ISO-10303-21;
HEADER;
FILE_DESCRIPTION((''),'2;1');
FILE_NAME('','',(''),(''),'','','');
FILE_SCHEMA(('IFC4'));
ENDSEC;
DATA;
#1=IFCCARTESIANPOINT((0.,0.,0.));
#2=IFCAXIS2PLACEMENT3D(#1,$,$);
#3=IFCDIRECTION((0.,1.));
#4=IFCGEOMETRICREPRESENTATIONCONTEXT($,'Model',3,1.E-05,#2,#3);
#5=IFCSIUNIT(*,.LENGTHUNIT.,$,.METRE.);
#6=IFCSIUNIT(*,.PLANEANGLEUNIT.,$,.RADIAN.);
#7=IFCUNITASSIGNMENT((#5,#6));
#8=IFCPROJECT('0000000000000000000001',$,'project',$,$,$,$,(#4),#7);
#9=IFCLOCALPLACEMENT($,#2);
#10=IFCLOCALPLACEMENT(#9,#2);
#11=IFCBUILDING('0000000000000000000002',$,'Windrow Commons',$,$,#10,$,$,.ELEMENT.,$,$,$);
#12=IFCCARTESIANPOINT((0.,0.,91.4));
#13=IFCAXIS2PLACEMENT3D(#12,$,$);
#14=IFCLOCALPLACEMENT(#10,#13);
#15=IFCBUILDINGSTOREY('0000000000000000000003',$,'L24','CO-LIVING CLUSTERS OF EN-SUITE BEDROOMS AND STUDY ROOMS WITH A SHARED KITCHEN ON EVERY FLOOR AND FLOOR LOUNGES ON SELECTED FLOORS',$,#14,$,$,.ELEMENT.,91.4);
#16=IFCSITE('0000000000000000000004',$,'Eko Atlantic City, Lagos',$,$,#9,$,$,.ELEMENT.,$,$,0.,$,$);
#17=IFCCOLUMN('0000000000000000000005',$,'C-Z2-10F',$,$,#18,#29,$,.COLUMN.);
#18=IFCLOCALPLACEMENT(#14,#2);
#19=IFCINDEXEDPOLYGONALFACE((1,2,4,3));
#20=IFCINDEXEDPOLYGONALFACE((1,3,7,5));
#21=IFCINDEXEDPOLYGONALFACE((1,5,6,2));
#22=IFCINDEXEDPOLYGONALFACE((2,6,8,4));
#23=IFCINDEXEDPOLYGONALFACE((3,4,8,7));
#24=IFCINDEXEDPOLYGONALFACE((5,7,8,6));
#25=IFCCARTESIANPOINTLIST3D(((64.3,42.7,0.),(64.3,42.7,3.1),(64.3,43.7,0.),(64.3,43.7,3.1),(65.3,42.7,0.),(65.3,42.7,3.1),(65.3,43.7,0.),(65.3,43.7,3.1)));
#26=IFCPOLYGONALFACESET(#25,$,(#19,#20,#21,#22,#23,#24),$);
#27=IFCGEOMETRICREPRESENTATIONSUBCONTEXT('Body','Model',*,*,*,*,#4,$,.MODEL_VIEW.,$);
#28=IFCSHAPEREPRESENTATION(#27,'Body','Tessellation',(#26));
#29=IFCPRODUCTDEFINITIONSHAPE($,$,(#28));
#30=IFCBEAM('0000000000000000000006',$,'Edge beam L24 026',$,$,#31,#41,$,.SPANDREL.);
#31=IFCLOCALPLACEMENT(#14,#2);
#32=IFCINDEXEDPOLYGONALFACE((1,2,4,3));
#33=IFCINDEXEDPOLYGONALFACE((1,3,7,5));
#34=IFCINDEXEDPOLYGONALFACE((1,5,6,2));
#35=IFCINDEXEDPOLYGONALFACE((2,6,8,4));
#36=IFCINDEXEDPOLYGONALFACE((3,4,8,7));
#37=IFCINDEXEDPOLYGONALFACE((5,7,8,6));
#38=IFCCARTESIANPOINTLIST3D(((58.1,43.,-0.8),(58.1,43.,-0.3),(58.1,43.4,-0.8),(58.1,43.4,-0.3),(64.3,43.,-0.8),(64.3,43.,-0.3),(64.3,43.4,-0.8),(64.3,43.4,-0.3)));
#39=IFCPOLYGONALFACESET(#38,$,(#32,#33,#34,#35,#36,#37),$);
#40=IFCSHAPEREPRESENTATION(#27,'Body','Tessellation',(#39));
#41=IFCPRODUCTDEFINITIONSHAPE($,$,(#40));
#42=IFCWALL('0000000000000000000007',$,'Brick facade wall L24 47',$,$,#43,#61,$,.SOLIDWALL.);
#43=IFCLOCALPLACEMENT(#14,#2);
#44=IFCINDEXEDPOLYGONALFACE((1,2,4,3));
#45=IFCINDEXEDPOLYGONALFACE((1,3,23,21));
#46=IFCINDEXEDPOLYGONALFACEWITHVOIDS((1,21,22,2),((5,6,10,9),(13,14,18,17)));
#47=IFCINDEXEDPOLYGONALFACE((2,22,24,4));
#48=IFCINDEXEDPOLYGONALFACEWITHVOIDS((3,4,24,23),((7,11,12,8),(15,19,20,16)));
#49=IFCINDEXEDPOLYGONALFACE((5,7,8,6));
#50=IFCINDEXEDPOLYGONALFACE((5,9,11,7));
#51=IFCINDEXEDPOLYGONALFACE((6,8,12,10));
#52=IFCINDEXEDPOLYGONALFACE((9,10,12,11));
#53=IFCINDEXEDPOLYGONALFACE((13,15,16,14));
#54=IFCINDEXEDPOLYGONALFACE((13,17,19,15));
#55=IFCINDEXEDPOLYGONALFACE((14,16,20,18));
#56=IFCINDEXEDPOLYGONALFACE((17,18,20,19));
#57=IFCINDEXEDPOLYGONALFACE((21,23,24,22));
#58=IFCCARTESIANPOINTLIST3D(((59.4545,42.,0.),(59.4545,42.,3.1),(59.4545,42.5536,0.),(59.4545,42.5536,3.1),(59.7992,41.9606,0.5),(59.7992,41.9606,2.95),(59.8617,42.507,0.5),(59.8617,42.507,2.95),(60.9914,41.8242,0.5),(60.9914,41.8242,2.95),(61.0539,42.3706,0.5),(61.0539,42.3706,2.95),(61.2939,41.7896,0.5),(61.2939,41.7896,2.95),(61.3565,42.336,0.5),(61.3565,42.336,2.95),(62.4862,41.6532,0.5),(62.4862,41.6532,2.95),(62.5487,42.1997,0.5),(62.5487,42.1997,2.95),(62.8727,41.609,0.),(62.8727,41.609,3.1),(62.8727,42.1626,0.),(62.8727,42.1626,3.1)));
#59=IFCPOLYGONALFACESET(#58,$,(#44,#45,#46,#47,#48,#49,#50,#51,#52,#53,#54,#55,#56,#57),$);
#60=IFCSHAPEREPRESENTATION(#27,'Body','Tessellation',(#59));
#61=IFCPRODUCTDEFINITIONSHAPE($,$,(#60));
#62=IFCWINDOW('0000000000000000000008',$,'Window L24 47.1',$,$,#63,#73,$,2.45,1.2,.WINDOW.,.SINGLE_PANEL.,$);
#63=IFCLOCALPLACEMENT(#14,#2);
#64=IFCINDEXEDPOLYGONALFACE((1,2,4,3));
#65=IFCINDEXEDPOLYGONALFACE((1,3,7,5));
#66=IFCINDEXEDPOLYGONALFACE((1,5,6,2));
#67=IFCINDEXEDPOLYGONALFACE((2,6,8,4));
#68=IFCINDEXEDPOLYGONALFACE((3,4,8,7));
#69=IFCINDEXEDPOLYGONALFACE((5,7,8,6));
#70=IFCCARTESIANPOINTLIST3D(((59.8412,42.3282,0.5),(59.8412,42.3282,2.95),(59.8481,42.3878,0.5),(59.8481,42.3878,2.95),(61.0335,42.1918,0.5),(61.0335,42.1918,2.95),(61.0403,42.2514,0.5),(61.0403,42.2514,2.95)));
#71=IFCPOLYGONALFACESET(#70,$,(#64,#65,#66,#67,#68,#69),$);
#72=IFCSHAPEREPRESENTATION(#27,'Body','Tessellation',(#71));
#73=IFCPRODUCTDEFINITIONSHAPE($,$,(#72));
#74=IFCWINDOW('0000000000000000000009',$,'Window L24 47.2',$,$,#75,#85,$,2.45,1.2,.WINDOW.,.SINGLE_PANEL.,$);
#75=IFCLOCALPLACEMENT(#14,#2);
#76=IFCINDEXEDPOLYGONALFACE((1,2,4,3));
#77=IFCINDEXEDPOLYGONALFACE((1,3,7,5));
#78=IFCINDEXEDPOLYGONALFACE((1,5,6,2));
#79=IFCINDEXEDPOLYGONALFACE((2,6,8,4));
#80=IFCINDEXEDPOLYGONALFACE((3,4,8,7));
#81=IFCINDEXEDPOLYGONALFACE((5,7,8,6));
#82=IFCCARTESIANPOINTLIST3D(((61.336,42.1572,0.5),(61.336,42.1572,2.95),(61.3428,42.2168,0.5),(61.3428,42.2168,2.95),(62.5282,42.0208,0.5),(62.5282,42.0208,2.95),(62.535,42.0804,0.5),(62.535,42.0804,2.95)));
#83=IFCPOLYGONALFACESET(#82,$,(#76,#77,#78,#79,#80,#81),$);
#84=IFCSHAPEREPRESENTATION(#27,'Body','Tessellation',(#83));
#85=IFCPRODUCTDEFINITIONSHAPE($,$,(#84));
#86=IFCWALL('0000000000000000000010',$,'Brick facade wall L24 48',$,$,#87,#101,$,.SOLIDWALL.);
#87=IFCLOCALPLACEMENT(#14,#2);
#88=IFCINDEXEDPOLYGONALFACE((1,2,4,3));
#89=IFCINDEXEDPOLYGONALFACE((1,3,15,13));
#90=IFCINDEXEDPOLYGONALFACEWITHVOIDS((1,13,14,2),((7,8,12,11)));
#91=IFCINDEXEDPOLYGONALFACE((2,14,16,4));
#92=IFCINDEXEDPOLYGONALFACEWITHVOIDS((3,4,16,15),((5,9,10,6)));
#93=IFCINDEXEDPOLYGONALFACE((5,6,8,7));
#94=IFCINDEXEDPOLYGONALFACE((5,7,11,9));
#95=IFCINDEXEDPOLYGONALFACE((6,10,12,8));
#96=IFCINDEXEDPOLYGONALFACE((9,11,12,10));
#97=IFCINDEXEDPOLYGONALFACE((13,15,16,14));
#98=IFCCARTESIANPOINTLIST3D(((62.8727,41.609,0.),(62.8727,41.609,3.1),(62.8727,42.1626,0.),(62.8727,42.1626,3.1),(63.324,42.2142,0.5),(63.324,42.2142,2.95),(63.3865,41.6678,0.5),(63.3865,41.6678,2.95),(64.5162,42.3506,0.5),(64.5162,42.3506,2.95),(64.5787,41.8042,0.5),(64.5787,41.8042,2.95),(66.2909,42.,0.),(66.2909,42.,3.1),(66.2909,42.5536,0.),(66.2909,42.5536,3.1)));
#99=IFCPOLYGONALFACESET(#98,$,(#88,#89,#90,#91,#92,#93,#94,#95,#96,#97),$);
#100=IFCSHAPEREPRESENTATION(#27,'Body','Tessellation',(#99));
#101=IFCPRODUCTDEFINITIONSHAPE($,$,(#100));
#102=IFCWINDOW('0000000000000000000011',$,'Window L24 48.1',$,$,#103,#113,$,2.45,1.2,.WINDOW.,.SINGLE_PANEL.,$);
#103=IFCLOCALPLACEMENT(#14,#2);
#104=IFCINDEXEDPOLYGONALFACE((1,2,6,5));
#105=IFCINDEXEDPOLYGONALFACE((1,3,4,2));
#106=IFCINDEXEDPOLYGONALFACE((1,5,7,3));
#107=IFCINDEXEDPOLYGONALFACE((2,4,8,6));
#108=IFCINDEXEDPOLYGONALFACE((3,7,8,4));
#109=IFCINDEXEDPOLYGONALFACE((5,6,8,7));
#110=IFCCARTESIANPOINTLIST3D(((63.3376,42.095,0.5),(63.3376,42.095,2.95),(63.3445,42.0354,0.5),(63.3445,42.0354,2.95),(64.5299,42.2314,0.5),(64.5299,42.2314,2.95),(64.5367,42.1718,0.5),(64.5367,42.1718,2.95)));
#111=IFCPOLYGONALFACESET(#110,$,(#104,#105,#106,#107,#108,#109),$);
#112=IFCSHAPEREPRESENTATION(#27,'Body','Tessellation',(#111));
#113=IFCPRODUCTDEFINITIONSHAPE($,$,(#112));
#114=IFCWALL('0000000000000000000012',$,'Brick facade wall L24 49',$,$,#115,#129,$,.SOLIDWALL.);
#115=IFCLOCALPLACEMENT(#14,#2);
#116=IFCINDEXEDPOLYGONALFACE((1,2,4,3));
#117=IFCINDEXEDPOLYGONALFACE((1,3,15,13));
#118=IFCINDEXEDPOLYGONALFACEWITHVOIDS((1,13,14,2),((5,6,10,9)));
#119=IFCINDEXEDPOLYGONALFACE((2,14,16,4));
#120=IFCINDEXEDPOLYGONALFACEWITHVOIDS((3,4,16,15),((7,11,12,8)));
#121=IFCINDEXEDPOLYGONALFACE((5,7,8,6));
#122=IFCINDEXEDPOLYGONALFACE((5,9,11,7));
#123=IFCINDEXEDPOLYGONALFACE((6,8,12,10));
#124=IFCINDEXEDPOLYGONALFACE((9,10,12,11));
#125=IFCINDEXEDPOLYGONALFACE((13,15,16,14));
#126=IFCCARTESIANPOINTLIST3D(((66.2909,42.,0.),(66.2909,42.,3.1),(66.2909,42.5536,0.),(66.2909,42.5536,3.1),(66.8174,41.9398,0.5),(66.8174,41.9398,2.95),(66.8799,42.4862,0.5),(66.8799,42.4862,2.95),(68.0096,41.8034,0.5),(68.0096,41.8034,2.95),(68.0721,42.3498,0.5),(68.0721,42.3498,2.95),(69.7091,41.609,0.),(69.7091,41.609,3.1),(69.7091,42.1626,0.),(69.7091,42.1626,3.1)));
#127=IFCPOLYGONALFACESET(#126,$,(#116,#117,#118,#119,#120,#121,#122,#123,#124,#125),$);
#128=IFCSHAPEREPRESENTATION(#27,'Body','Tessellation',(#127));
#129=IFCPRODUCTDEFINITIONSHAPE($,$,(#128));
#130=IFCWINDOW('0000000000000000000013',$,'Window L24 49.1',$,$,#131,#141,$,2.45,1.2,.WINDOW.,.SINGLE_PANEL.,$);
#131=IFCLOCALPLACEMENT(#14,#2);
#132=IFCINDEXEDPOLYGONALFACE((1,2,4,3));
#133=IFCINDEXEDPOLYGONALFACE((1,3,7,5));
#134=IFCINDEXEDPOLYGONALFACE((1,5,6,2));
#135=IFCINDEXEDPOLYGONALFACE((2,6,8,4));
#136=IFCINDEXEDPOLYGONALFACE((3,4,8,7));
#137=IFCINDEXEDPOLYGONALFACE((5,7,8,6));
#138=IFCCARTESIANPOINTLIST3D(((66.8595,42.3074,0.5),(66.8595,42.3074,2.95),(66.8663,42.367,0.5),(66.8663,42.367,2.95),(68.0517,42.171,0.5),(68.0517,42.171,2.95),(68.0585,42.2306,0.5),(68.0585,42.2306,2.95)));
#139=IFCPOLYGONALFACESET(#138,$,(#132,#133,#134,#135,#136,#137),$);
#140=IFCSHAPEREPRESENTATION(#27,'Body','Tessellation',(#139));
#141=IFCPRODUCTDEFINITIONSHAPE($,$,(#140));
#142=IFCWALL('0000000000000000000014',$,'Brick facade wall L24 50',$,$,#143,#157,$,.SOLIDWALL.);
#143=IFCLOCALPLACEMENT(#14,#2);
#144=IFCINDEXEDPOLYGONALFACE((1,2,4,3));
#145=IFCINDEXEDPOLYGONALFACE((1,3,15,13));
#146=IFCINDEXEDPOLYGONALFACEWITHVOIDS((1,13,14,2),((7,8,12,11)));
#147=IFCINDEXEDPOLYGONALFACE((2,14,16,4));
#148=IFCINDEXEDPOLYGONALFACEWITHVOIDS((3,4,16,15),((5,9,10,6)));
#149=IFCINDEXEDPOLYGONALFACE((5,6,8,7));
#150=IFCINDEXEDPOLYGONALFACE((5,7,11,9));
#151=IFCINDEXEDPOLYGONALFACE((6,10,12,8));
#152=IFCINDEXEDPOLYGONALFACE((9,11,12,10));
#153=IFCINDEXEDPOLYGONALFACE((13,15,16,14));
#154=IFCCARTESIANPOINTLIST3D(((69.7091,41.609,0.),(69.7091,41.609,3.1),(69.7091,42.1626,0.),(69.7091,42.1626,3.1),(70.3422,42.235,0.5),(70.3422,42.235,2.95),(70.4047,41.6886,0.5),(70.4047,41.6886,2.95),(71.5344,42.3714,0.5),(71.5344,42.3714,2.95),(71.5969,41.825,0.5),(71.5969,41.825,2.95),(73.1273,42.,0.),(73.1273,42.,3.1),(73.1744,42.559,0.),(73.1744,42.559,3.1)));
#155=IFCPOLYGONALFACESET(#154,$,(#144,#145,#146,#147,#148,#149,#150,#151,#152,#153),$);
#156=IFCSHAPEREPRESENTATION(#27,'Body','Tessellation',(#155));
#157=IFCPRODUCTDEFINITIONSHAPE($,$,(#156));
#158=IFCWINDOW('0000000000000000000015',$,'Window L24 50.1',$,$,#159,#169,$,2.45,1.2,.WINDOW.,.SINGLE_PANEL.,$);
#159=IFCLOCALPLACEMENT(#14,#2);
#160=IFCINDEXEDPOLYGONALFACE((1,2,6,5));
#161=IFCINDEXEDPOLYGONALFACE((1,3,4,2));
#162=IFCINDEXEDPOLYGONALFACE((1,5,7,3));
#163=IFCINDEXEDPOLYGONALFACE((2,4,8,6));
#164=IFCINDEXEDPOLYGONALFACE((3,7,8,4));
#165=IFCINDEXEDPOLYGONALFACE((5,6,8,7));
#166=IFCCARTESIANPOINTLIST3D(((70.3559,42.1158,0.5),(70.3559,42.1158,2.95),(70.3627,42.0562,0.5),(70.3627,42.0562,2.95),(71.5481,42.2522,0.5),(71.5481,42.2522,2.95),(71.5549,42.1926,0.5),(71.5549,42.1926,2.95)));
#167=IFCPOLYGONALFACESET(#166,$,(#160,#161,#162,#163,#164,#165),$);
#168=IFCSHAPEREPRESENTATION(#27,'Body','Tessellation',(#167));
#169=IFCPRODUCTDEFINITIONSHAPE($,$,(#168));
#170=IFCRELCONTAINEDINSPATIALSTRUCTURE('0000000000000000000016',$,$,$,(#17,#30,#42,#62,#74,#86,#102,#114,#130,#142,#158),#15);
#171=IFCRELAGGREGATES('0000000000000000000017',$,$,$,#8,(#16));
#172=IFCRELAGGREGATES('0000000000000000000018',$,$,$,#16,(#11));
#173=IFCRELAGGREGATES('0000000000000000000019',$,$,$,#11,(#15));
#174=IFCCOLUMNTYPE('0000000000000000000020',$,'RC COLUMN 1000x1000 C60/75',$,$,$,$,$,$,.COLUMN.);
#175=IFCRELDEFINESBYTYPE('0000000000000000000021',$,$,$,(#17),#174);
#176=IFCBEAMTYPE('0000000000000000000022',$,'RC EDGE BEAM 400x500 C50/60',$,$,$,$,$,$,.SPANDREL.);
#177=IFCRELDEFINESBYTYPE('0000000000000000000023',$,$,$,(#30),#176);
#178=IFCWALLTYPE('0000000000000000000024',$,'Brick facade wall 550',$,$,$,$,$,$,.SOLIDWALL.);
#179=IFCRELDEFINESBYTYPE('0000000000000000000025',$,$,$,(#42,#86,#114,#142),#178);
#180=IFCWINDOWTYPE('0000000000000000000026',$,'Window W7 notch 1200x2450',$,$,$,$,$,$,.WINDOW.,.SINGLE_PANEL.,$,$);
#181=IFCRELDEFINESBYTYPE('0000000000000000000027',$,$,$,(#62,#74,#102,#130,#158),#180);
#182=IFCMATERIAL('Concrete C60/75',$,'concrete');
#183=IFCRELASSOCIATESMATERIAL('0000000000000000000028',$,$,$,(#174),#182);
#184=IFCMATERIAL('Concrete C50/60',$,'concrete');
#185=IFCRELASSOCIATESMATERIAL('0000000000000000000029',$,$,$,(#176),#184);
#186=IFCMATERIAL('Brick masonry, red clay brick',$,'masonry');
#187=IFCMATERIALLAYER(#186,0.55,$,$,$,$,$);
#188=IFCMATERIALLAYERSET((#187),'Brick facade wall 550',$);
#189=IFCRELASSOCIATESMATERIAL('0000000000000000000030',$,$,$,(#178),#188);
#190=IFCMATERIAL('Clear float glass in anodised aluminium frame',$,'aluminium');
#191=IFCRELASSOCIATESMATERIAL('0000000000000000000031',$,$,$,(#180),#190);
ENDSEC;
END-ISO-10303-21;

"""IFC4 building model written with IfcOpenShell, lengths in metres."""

from ifc_helpers import new_model, si_unit, direction, frame, frame_2d, origin, origin_2d, place, context, subcontext, project, spatial, polyline, rectangle, outline, extrude, material, layer, layer_set, material_profile, profile_set, type_object, element, fill, save


model = new_model("IFC4")

# Units and contexts
model_context = context("Model", 3, precision=1e-05, world=origin(), true_north=direction((0.0, 1.0)))
body_context = subcontext(model_context, "Body", "Model", "MODEL_VIEW")
ifc_project = project(units=[si_unit("LENGTHUNIT", "METRE"), si_unit("PLANEANGLEUNIT", "RADIAN")], contexts=[model_context])

# Site, building, storey
site_placement = place(None, origin())
site = spatial("IfcSite", under=ifc_project, at=site_placement, Name="Eko Atlantic City, Lagos", CompositionType="ELEMENT", RefElevation=0.0)
building_placement = place(site_placement, origin())
building = spatial("IfcBuilding", under=site, at=building_placement, Name="Windrow Commons", CompositionType="ELEMENT")
storey_placement = place(building_placement, frame((0.0, 0.0, 91.4)))
storey = spatial("IfcBuildingStorey", under=building, at=storey_placement, Name="L24", Description="CO-LIVING CLUSTERS OF EN-SUITE BEDROOMS AND STUDY ROOMS WITH A SHARED KITCHEN ON EVERY FLOOR AND FLOOR LOUNGES ON SELECTED FLOORS", CompositionType="ELEMENT", Elevation=91.4)

# Column
ifc_material_1 = material(Name="Concrete C60/75", Category="concrete")
ifc_material_profile_1 = material_profile(ifc_material_1, rectangle(XDim=1.0, YDim=1.0, at=origin_2d()))
ifc_profile_set_1 = profile_set([ifc_material_profile_1], Name="Concrete C60/75")
column_type = type_object("IfcColumnType", Name="RC COLUMN 1000x1000 C60/75", PredefinedType="COLUMN", material=ifc_profile_set_1)
column_placement = place(storey_placement, frame((64.8, 43.2, 0.0), z_axis=(0.0, 0.0, 1.0), x_axis=(1.0, 0.0, 0.0)))
element("IfcColumn", 1, at=column_placement, inside=storey, type_object=column_type, Name="C-Z2-10F", PredefinedType="COLUMN", context=body_context, shape_type="SweptSolid", body=[
    extrude(rectangle(XDim=1.0, YDim=1.0, at=origin_2d()), origin(), (0.0, 0.0, 1.0), 3.1),
])

# Beam
ifc_material_2 = material(Name="Concrete C50/60", Category="concrete")
ifc_material_profile_2 = material_profile(ifc_material_2, rectangle(XDim=0.4, YDim=0.5, at=origin_2d()))
ifc_profile_set_2 = profile_set([ifc_material_profile_2], Name="Concrete C50/60")
beam_type = type_object("IfcBeamType", Name="RC EDGE BEAM 400x500 C50/60", PredefinedType="SPANDREL", material=ifc_profile_set_2)
beam_placement = place(storey_placement, frame((64.3, 43.2, -0.55), z_axis=(-1.0, 0.0, 0.0), x_axis=(0.0, -1.0, 0.0)))
element("IfcBeam", 2, at=beam_placement, inside=storey, type_object=beam_type, Name="Edge beam L24 026", PredefinedType="SPANDREL", context=body_context, shape_type="SweptSolid", body=[
    extrude(rectangle(XDim=0.4, YDim=0.5, at=origin_2d()), origin(), (0.0, 0.0, 1.0), 6.2),
])

# Wall, openings, windows
ifc_material_3 = material(Name="Brick masonry, red clay brick", Category="masonry")
ifc_layer_1 = layer(ifc_material_3, 0.55)
ifc_layer_set_1 = layer_set([ifc_layer_1], Name="Brick facade wall 550")
wall_type_1 = type_object("IfcWallType", Name="Brick facade wall 550", PredefinedType="SOLIDWALL", material=ifc_layer_set_1)
wall_1_placement = place(storey_placement, frame((59.4545, 42.2768, 0.0), z_axis=(0.0, 0.0, 1.0), x_axis=(0.993521, -0.113647, 0.0)))
wall_1 = element("IfcWall", 3, at=wall_1_placement, inside=storey, type_object=wall_type_1, Name="Brick facade wall L24 47", PredefinedType="SOLIDWALL", context=body_context, shape_type="SweptSolid", body=[
    extrude(outline(polyline([(0.0315, -0.275), (3.4719, -0.275), (3.409, 0.275), (-0.0315, 0.275), (0.0315, -0.275)])), origin(), (0.0, 0.0, 1.0), 3.1),
])
opening_1_placement = place(wall_1_placement, frame((0.3784, 0.0, 0.5)))
opening_1 = element("IfcOpeningElement", 4, at=opening_1_placement, cuts=wall_1, PredefinedType="OPENING", context=body_context, shape_type="SweptSolid", body=[
    extrude(rectangle(XDim=1.2, YDim=2.45, at=frame_2d((0.6, 1.225))), frame((0.0, 0.285, 0.0), z_axis=(0.0, -1.0, 0.0), x_axis=(1.0, 0.0, 0.0)), (0.0, 0.0, 1.0), 0.57),
])
opening_2_placement = place(wall_1_placement, frame((1.8829, 0.0, 0.5)))
opening_2 = element("IfcOpeningElement", 5, at=opening_2_placement, cuts=wall_1, PredefinedType="OPENING", context=body_context, shape_type="SweptSolid", body=[
    extrude(rectangle(XDim=1.2, YDim=2.45, at=frame_2d((0.6, 1.225))), frame((0.0, 0.285, 0.0), z_axis=(0.0, -1.0, 0.0), x_axis=(1.0, 0.0, 0.0)), (0.0, 0.0, 1.0), 0.57),
])
ifc_material_4 = material(Name="Clear float glass in anodised aluminium frame", Category="aluminium")
window_type = type_object("IfcWindowType", Name="Window W7 notch 1200x2450", PartitioningType="SINGLE_PANEL", PredefinedType="WINDOW", material=ifc_material_4)
window_1_placement = place(opening_1_placement, origin())
window_1 = element("IfcWindow", 6, at=window_1_placement, inside=storey, type_object=window_type, Name="Window L24 47.1", OverallHeight=2.45, OverallWidth=1.2, PartitioningType="SINGLE_PANEL", PredefinedType="WINDOW", context=body_context, shape_type="SweptSolid", body=[
    extrude(rectangle(XDim=1.2, YDim=2.45, at=frame_2d((0.6, 1.225))), frame((0.0, 0.155, 0.0), z_axis=(0.0, -1.0, 0.0), x_axis=(1.0, 0.0, 0.0)), (0.0, 0.0, 1.0), 0.06),
])
fill(opening_1, window_1)
window_2_placement = place(opening_2_placement, origin())
window_2 = element("IfcWindow", 7, at=window_2_placement, inside=storey, type_object=window_type, Name="Window L24 47.2", OverallHeight=2.45, OverallWidth=1.2, PartitioningType="SINGLE_PANEL", PredefinedType="WINDOW", context=body_context, shape_type="SweptSolid", body=[
    extrude(rectangle(XDim=1.2, YDim=2.45, at=frame_2d((0.6, 1.225))), frame((0.0, 0.155, 0.0), z_axis=(0.0, -1.0, 0.0), x_axis=(1.0, 0.0, 0.0)), (0.0, 0.0, 1.0), 0.06),
])
fill(opening_2, window_2)

# Walls, openings, windows
wall_2_placement = place(storey_placement, frame((62.8727, 41.8858, 0.0), z_axis=(0.0, 0.0, 1.0), x_axis=(0.993521, 0.113647, 0.0)))
wall_2 = element("IfcWall", 8, at=wall_2_placement, inside=storey, type_object=wall_type_1, Name="Brick facade wall L24 48", PredefinedType="SOLIDWALL", context=body_context, shape_type="SweptSolid", body=[
    extrude(outline(polyline([(-0.0315, -0.275), (3.409, -0.275), (3.4719, 0.275), (0.0315, 0.275), (-0.0315, -0.275)])), origin(), (0.0, 0.0, 1.0), 3.1),
])
opening_3_placement = place(wall_2_placement, frame((0.4857, 0.0, 0.5)))
opening_3 = element("IfcOpeningElement", 9, at=opening_3_placement, cuts=wall_2, PredefinedType="OPENING", context=body_context, shape_type="SweptSolid", body=[
    extrude(rectangle(XDim=1.2, YDim=2.45, at=frame_2d((0.6, 1.225))), frame((0.0, 0.285, 0.0), z_axis=(0.0, -1.0, 0.0), x_axis=(1.0, 0.0, 0.0)), (0.0, 0.0, 1.0), 0.57),
])
window_3_placement = place(opening_3_placement, origin())
window_3 = element("IfcWindow", 10, at=window_3_placement, inside=storey, type_object=window_type, Name="Window L24 48.1", OverallHeight=2.45, OverallWidth=1.2, PartitioningType="SINGLE_PANEL", PredefinedType="WINDOW", context=body_context, shape_type="SweptSolid", body=[
    extrude(rectangle(XDim=1.2, YDim=2.45, at=frame_2d((0.6, 1.225))), frame((0.0, 0.155, 0.0), z_axis=(0.0, -1.0, 0.0), x_axis=(1.0, 0.0, 0.0)), (0.0, 0.0, 1.0), 0.06),
])
fill(opening_3, window_3)
wall_3_placement = place(storey_placement, frame((66.2909, 42.2768, 0.0), z_axis=(0.0, 0.0, 1.0), x_axis=(0.993521, -0.113647, 0.0)))
wall_3 = element("IfcWall", 11, at=wall_3_placement, inside=storey, type_object=wall_type_1, Name="Brick facade wall L24 49", PredefinedType="SOLIDWALL", context=body_context, shape_type="SweptSolid", body=[
    extrude(outline(polyline([(0.0315, -0.275), (3.4719, -0.275), (3.409, 0.275), (-0.0315, 0.275), (0.0315, -0.275)])), origin(), (0.0, 0.0, 1.0), 3.1),
])
opening_4_placement = place(wall_3_placement, frame((0.5614, 0.0, 0.5)))
opening_4 = element("IfcOpeningElement", 12, at=opening_4_placement, cuts=wall_3, PredefinedType="OPENING", context=body_context, shape_type="SweptSolid", body=[
    extrude(rectangle(XDim=1.2, YDim=2.45, at=frame_2d((0.6, 1.225))), frame((0.0, 0.285, 0.0), z_axis=(0.0, -1.0, 0.0), x_axis=(1.0, 0.0, 0.0)), (0.0, 0.0, 1.0), 0.57),
])
window_4_placement = place(opening_4_placement, origin())
window_4 = element("IfcWindow", 13, at=window_4_placement, inside=storey, type_object=window_type, Name="Window L24 49.1", OverallHeight=2.45, OverallWidth=1.2, PartitioningType="SINGLE_PANEL", PredefinedType="WINDOW", context=body_context, shape_type="SweptSolid", body=[
    extrude(rectangle(XDim=1.2, YDim=2.45, at=frame_2d((0.6, 1.225))), frame((0.0, 0.155, 0.0), z_axis=(0.0, -1.0, 0.0), x_axis=(1.0, 0.0, 0.0)), (0.0, 0.0, 1.0), 0.06),
])
fill(opening_4, window_4)
wall_4_placement = place(storey_placement, frame((69.7091, 41.8858, 0.0), z_axis=(0.0, 0.0, 1.0), x_axis=(0.993521, 0.11365, 0.0)))
wall_4 = element("IfcWall", 14, at=wall_4_placement, inside=storey, type_object=wall_type_1, Name="Brick facade wall L24 50", PredefinedType="SOLIDWALL", context=body_context, shape_type="SweptSolid", body=[
    extrude(outline(polyline([(-0.0315, -0.275), (3.409, -0.275), (3.5194, 0.275), (0.0315, 0.275), (-0.0315, -0.275)])), origin(), (0.0, 0.0, 1.0), 3.1),
])
opening_5_placement = place(wall_4_placement, frame((0.6687, 0.0, 0.5)))
opening_5 = element("IfcOpeningElement", 15, at=opening_5_placement, cuts=wall_4, PredefinedType="OPENING", context=body_context, shape_type="SweptSolid", body=[
    extrude(rectangle(XDim=1.2, YDim=2.45, at=frame_2d((0.6, 1.225))), frame((0.0, 0.285, 0.0), z_axis=(0.0, -1.0, 0.0), x_axis=(1.0, 0.0, 0.0)), (0.0, 0.0, 1.0), 0.57),
])
window_5_placement = place(opening_5_placement, origin())
window_5 = element("IfcWindow", 16, at=window_5_placement, inside=storey, type_object=window_type, Name="Window L24 50.1", OverallHeight=2.45, OverallWidth=1.2, PartitioningType="SINGLE_PANEL", PredefinedType="WINDOW", context=body_context, shape_type="SweptSolid", body=[
    extrude(rectangle(XDim=1.2, YDim=2.45, at=frame_2d((0.6, 1.225))), frame((0.0, 0.155, 0.0), z_axis=(0.0, -1.0, 0.0), x_axis=(1.0, 0.0, 0.0)), (0.0, 0.0, 1.0), 0.06),
])
fill(opening_5, window_5)

save(model, "model.ifc")
